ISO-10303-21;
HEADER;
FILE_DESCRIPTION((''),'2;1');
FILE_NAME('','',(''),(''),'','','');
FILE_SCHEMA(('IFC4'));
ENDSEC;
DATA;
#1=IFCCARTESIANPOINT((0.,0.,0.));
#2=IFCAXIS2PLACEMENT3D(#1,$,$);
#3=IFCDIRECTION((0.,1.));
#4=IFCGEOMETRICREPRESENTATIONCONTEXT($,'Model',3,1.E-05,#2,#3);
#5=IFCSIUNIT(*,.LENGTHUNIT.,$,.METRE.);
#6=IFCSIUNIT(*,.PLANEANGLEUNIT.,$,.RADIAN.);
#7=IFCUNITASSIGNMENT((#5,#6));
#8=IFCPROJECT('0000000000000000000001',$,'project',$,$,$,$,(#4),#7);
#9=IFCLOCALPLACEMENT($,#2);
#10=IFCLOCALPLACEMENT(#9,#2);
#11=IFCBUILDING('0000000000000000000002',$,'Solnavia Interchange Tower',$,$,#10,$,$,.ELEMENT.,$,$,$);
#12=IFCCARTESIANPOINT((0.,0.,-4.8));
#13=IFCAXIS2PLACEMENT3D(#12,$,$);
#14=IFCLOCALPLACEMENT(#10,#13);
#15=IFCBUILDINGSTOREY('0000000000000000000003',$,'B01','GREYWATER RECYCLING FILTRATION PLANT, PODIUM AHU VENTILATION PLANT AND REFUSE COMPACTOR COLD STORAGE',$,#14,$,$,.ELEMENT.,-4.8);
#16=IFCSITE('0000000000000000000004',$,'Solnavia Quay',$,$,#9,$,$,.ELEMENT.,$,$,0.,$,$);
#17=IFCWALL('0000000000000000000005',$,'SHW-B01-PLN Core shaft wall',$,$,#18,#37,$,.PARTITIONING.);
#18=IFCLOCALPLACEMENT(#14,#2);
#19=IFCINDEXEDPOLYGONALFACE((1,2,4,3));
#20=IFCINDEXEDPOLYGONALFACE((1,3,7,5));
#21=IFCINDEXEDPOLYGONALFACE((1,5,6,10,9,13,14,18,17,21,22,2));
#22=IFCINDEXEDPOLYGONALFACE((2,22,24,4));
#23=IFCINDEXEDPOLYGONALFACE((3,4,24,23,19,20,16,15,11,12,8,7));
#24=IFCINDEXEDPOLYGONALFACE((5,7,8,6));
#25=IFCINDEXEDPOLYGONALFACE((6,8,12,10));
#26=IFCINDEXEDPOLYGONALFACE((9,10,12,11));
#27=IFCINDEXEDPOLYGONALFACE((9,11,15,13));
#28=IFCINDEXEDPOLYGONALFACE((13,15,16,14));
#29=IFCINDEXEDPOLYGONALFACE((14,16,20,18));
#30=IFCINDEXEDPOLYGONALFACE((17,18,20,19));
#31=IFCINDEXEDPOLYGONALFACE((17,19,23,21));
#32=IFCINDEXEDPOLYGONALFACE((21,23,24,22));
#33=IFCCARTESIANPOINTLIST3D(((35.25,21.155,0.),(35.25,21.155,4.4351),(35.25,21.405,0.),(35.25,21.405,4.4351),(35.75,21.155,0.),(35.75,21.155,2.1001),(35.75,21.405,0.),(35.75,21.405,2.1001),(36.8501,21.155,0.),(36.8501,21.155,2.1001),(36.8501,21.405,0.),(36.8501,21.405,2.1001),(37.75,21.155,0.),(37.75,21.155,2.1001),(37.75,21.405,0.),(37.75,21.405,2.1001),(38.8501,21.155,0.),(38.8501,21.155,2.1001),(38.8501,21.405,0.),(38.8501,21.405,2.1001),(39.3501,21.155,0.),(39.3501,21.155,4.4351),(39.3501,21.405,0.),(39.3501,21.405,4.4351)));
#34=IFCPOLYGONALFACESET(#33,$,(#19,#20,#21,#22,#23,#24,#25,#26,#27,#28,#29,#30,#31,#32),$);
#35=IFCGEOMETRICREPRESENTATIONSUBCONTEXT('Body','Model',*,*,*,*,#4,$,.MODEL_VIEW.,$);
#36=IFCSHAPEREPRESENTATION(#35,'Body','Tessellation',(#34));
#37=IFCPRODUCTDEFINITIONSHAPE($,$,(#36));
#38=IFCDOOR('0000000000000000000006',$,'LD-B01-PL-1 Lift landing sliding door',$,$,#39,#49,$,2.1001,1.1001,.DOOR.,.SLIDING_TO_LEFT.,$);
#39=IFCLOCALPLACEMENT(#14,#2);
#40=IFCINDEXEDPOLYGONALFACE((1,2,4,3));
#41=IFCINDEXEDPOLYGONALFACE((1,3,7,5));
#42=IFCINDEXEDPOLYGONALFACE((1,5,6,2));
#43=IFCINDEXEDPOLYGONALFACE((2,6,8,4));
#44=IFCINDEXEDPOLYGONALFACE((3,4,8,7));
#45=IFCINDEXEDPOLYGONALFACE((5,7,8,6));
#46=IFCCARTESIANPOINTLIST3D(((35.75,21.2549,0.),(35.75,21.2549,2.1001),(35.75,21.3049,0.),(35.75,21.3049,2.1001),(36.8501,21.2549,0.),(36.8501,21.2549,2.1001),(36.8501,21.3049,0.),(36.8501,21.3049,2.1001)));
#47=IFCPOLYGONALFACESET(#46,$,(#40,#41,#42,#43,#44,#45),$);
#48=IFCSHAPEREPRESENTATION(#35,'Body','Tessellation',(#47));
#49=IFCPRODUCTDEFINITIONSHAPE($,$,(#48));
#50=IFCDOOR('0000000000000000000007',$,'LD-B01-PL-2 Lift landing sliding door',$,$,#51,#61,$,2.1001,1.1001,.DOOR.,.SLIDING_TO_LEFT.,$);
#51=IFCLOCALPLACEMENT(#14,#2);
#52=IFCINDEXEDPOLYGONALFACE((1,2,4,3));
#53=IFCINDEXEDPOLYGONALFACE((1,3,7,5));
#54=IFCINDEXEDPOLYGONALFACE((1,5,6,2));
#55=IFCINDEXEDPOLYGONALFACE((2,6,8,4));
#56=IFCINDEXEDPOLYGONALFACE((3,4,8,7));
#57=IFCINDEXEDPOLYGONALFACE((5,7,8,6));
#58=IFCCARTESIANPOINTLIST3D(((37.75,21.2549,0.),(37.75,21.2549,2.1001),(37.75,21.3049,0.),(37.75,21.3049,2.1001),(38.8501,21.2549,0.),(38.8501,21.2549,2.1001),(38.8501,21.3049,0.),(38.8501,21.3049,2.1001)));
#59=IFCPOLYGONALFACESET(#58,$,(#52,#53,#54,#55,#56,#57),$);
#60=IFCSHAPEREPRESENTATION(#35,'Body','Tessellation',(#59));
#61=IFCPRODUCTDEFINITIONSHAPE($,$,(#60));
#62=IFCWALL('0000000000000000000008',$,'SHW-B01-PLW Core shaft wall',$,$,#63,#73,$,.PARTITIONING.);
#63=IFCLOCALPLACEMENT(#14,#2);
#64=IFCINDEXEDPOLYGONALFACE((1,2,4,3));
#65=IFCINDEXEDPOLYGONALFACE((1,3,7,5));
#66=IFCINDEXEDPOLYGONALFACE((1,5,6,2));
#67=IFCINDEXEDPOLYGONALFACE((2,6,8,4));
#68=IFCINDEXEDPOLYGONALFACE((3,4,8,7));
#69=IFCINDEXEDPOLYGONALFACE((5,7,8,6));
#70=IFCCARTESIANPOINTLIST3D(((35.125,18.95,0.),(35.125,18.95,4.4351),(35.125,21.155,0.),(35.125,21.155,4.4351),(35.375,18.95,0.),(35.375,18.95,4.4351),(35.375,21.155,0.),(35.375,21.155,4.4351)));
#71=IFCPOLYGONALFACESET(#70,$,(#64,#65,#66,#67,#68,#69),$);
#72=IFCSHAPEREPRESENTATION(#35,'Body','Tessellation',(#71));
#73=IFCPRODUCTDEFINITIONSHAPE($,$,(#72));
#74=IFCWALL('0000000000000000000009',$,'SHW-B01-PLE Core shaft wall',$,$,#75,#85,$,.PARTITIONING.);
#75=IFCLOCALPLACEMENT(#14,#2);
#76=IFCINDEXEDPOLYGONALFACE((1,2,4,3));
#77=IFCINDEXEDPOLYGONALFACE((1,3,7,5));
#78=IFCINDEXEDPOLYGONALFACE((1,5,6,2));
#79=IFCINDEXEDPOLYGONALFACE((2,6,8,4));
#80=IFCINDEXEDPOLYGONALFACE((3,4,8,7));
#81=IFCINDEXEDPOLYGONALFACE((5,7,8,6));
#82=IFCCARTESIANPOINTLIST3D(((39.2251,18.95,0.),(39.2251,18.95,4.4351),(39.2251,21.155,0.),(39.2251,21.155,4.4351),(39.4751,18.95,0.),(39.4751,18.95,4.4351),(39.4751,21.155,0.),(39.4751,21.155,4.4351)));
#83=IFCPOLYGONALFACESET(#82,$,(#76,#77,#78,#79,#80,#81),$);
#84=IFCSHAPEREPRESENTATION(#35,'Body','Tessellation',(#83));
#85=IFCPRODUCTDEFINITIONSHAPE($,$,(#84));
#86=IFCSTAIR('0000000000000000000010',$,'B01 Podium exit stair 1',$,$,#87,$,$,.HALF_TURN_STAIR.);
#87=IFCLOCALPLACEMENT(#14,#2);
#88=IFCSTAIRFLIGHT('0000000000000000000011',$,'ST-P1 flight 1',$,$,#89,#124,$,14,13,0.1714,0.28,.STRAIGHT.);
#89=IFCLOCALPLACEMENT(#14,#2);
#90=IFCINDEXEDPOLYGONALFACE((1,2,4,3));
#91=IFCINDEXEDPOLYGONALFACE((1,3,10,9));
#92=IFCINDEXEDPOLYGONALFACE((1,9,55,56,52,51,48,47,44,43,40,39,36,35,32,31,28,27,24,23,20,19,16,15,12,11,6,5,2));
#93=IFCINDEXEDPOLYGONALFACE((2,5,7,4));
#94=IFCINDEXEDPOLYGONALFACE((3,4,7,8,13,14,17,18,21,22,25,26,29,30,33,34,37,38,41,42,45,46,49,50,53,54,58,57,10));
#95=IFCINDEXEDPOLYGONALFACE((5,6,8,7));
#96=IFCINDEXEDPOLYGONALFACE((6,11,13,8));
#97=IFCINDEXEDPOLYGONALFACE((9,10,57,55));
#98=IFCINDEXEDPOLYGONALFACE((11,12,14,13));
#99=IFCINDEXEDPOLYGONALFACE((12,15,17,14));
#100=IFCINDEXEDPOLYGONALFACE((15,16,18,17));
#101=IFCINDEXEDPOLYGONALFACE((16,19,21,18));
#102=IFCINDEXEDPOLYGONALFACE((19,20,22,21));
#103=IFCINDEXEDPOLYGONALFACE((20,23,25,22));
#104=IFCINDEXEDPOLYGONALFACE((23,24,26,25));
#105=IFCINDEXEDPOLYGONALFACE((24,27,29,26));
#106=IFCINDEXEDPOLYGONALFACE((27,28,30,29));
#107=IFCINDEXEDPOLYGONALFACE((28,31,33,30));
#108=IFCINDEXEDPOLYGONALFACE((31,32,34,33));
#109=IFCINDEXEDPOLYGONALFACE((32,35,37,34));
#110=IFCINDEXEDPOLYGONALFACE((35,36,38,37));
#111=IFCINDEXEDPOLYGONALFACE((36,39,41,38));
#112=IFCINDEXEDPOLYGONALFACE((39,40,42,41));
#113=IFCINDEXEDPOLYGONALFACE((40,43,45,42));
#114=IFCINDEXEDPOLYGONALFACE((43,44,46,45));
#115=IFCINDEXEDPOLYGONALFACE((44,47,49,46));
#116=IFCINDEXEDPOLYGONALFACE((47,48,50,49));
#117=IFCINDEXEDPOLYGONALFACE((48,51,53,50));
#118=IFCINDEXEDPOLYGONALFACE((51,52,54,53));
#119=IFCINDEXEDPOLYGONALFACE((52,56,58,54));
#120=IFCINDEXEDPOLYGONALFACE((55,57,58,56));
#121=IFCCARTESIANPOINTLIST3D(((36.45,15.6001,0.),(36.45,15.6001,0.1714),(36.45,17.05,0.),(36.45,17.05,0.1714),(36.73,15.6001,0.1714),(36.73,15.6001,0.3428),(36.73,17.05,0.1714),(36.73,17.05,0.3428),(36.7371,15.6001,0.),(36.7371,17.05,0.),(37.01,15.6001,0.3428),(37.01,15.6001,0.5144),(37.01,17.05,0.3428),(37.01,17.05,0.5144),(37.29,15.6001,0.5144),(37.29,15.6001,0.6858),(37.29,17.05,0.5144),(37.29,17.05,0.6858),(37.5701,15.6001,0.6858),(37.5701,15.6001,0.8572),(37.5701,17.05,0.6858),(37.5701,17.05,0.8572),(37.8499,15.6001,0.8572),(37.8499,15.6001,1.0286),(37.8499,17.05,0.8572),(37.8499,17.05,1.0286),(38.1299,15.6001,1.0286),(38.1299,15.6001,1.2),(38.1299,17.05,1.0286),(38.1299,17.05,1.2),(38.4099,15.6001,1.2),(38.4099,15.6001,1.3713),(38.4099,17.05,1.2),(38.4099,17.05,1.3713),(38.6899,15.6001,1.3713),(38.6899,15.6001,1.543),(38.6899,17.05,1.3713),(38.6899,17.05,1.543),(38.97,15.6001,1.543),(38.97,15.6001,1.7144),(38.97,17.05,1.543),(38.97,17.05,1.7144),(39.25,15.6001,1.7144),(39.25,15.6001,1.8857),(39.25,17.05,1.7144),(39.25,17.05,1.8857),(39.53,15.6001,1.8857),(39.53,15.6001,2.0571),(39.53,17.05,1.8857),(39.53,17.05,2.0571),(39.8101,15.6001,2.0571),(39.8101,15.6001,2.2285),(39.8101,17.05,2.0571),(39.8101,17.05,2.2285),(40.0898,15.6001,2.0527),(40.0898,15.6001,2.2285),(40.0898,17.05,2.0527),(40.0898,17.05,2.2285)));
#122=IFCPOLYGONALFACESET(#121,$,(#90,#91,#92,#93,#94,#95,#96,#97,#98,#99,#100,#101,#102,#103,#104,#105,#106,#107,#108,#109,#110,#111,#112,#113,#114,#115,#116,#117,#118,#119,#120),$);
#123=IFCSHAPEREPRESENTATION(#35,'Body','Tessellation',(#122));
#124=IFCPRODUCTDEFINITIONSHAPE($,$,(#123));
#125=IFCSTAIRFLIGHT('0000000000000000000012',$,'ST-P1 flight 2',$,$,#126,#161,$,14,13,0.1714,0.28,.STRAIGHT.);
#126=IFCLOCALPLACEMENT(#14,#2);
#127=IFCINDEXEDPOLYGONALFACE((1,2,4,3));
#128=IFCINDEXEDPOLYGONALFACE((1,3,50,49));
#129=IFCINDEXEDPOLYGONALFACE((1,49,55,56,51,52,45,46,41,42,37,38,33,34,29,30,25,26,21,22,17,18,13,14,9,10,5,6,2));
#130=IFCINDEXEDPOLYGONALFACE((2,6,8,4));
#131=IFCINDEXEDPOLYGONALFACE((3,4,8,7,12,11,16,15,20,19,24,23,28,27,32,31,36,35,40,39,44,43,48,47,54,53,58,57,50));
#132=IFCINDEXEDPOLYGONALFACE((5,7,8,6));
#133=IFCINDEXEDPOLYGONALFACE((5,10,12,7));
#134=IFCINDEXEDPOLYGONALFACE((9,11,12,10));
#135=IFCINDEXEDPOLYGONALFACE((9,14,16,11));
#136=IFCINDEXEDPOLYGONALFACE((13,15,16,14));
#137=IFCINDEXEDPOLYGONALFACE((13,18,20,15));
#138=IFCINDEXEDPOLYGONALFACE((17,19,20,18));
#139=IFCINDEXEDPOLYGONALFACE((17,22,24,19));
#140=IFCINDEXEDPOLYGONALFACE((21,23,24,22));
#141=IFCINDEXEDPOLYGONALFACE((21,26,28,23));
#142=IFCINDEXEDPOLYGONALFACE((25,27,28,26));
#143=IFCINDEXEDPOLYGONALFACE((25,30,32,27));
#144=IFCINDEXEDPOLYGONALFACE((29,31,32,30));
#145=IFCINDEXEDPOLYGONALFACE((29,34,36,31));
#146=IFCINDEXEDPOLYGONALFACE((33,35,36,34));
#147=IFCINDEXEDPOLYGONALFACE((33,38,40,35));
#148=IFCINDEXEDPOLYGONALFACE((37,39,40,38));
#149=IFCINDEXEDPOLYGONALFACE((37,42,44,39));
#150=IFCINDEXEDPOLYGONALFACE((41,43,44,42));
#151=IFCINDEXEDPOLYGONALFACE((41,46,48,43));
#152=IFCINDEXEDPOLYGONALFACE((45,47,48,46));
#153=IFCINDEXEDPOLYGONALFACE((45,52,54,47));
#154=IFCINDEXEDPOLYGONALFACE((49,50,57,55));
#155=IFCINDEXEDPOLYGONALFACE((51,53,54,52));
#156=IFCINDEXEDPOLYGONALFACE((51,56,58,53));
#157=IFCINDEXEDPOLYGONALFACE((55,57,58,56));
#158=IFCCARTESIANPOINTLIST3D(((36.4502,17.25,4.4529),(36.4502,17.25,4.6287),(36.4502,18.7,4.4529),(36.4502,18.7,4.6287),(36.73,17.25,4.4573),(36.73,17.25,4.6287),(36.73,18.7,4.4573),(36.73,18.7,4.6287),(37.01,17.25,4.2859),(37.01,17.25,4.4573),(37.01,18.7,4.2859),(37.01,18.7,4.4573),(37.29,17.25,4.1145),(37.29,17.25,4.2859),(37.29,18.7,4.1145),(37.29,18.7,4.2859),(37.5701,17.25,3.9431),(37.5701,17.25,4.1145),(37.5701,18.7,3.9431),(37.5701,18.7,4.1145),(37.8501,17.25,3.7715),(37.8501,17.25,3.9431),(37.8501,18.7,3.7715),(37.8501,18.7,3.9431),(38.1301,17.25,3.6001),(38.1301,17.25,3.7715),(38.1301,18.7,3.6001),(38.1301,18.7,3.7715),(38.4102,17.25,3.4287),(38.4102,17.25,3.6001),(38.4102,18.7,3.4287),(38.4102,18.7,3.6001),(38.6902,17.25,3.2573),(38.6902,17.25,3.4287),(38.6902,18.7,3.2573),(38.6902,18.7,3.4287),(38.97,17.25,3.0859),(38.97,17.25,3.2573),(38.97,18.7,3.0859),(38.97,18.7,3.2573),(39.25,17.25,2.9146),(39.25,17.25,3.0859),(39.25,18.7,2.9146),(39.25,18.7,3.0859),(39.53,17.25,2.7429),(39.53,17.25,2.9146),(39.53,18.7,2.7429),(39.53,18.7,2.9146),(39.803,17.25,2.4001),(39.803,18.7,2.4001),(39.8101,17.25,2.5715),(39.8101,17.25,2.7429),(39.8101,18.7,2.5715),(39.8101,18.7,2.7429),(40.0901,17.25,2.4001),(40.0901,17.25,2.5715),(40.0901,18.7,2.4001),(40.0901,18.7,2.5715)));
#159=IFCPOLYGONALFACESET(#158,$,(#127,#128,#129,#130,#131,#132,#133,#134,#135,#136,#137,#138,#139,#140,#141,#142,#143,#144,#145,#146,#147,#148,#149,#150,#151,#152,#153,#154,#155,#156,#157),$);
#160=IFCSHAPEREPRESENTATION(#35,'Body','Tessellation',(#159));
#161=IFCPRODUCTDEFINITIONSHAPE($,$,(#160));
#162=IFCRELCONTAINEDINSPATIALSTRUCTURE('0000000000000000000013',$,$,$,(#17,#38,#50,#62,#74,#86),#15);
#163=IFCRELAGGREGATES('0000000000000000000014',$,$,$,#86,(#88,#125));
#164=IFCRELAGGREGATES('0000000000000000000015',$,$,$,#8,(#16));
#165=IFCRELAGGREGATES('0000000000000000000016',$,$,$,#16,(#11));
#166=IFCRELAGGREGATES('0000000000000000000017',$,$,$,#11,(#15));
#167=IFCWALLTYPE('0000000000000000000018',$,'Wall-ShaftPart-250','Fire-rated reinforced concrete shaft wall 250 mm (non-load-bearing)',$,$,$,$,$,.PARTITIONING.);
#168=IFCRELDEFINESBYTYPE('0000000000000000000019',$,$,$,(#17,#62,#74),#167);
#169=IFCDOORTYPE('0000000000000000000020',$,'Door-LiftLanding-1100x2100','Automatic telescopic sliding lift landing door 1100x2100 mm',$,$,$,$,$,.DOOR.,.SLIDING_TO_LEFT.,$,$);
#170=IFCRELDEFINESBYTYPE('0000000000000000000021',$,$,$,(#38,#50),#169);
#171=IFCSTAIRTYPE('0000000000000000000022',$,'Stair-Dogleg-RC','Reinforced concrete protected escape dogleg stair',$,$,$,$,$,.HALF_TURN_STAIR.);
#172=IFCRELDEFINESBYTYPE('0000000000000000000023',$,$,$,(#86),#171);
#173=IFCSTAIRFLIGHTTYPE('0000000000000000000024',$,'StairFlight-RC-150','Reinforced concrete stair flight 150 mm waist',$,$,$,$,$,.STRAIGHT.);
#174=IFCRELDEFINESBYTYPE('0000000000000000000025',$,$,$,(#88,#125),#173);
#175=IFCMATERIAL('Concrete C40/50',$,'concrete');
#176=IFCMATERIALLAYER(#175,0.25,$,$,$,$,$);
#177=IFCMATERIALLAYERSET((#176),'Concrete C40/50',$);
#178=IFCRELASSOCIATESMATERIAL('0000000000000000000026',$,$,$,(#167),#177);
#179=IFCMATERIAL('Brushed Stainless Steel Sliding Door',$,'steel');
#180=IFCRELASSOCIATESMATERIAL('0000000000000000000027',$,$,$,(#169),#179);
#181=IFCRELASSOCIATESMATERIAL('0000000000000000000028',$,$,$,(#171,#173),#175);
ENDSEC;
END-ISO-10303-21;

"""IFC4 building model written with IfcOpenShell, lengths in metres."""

from ifc_helpers import new_model, si_unit, direction, frame, frame_2d, origin, place, context, subcontext, project, spatial, polyline, rectangle, outline, extrude, material, layer, layer_set, type_object, element, fill, aggregate, save


model = new_model("IFC4")

# Units and contexts
model_context = context("Model", 3, precision=1e-05, world=origin(), true_north=direction((0.0, 1.0)))
body_context = subcontext(model_context, "Body", "Model", "MODEL_VIEW")
ifc_project = project(units=[si_unit("LENGTHUNIT", "METRE"), si_unit("PLANEANGLEUNIT", "RADIAN")], contexts=[model_context])

# Site, building, storey
site_placement = place(None, origin())
site = spatial("IfcSite", under=ifc_project, at=site_placement, Name="Solnavia Quay", CompositionType="ELEMENT", RefElevation=0.0)
building_placement = place(site_placement, origin())
building = spatial("IfcBuilding", under=site, at=building_placement, Name="Solnavia Interchange Tower", CompositionType="ELEMENT")
storey_placement = place(building_placement, frame((0.0, 0.0, -4.8)))
storey = spatial("IfcBuildingStorey", under=building, at=storey_placement, Name="B01", Description="GREYWATER RECYCLING FILTRATION PLANT, PODIUM AHU VENTILATION PLANT AND REFUSE COMPACTOR COLD STORAGE", CompositionType="ELEMENT", Elevation=-4.8)

# Shared definitions
ifc_material_1 = material(Name="Concrete C40/50", Category="concrete")

# Wall, openings, doors
ifc_layer_1 = layer(ifc_material_1, 0.25)
ifc_layer_set_1 = layer_set([ifc_layer_1], Name="Concrete C40/50")
wall_type_1 = type_object("IfcWallType", Name="Wall-ShaftPart-250", Description="Fire-rated reinforced concrete shaft wall 250 mm (non-load-bearing)", PredefinedType="PARTITIONING", material=ifc_layer_set_1)
wall_1_placement = place(storey_placement, frame((35.25, 21.28, 0.0), z_axis=(0.0, 0.0, 1.0), x_axis=(1.0, 0.0, 0.0)))
wall_1 = element("IfcWall", 1, at=wall_1_placement, inside=storey, type_object=wall_type_1, Name="SHW-B01-PLN Core shaft wall", PredefinedType="PARTITIONING", context=body_context, shape_type="SweptSolid", body=[
    extrude(rectangle(XDim=4.1001, YDim=0.25, at=frame_2d((2.05, 0.0))), origin(), (0.0, 0.0, 1.0), 4.4351),
])
opening_1_placement = place(wall_1_placement, frame((0.5, 0.0, 0.0)))
opening_1 = element("IfcOpeningElement", 2, at=opening_1_placement, cuts=wall_1, PredefinedType="OPENING", context=body_context, shape_type="SweptSolid", body=[
    extrude(rectangle(XDim=1.1001, YDim=2.1001, at=frame_2d((0.55, 1.05))), frame((0.0, 0.135, 0.0), z_axis=(0.0, -1.0, 0.0), x_axis=(1.0, 0.0, 0.0)), (0.0, 0.0, 1.0), 0.27),
])
opening_2_placement = place(wall_1_placement, frame((2.5, 0.0, 0.0)))
opening_2 = element("IfcOpeningElement", 3, at=opening_2_placement, cuts=wall_1, PredefinedType="OPENING", context=body_context, shape_type="SweptSolid", body=[
    extrude(rectangle(XDim=1.1001, YDim=2.1001, at=frame_2d((0.55, 1.05))), frame((0.0, 0.135, 0.0), z_axis=(0.0, -1.0, 0.0), x_axis=(1.0, 0.0, 0.0)), (0.0, 0.0, 1.0), 0.27),
])
ifc_material_2 = material(Name="Brushed Stainless Steel Sliding Door", Category="steel")
door_type_1 = type_object("IfcDoorType", Name="Door-LiftLanding-1100x2100", Description="Automatic telescopic sliding lift landing door 1100x2100 mm", OperationType="SLIDING_TO_LEFT", PredefinedType="DOOR", material=ifc_material_2)
door_1_placement = place(opening_1_placement, origin())
door_1 = element("IfcDoor", 4, at=door_1_placement, inside=storey, type_object=door_type_1, Name="LD-B01-PL-1 Lift landing sliding door", OperationType="SLIDING_TO_LEFT", OverallHeight=2.1001, OverallWidth=1.1001, PredefinedType="DOOR", context=body_context, shape_type="SweptSolid", body=[
    extrude(rectangle(XDim=1.1001, YDim=2.1001, at=frame_2d((0.55, 1.05))), frame((0.0, 0.0249, 0.0), z_axis=(0.0, -1.0, 0.0), x_axis=(1.0, 0.0, 0.0)), (0.0, 0.0, 1.0), 0.05),
])
fill(opening_1, door_1)
door_2_placement = place(opening_2_placement, origin())
door_2 = element("IfcDoor", 5, at=door_2_placement, inside=storey, type_object=door_type_1, Name="LD-B01-PL-2 Lift landing sliding door", OperationType="SLIDING_TO_LEFT", OverallHeight=2.1001, OverallWidth=1.1001, PredefinedType="DOOR", context=body_context, shape_type="SweptSolid", body=[
    extrude(rectangle(XDim=1.1001, YDim=2.1001, at=frame_2d((0.55, 1.05))), frame((0.0, 0.0249, 0.0), z_axis=(0.0, -1.0, 0.0), x_axis=(1.0, 0.0, 0.0)), (0.0, 0.0, 1.0), 0.05),
])
fill(opening_2, door_2)

# Walls
for number, where, z_axis, x_axis, name in (
    (6, (35.25, 18.95, 0.0), (0.0, 0.0, 1.0), (0.0, 1.0, 0.0), "SHW-B01-PLW Core shaft wall"),
    (7, (39.3501, 18.95, 0.0), (0.0, 0.0, 1.0), (0.0, 1.0, 0.0), "SHW-B01-PLE Core shaft wall"),
):
    element("IfcWall", number, at=place(storey_placement, frame(where, z_axis=z_axis, x_axis=x_axis)), inside=storey, type_object=wall_type_1, Name=name, PredefinedType="PARTITIONING", context=body_context, shape_type="SweptSolid", body=[
        extrude(rectangle(XDim=2.2051, YDim=0.25, at=frame_2d((1.1025, 0.0))), origin(), (0.0, 0.0, 1.0), 4.4351),
    ])

# Stair, stair flights
stair_type = type_object("IfcStairType", Name="Stair-Dogleg-RC", Description="Reinforced concrete protected escape dogleg stair", PredefinedType="HALF_TURN_STAIR", material=ifc_material_1)
stair_placement = place(storey_placement, origin())
stair = element("IfcStair", 8, at=stair_placement, inside=storey, type_object=stair_type, Name="B01 Podium exit stair 1", PredefinedType="HALF_TURN_STAIR")
stair_flight_type = type_object("IfcStairFlightType", Name="StairFlight-RC-150", Description="Reinforced concrete stair flight 150 mm waist", PredefinedType="STRAIGHT", material=ifc_material_1)
stair_flight_1_placement = place(storey_placement, frame((36.45, 16.325, 0.0), z_axis=(0.0, 0.0, 1.0), x_axis=(1.0, 0.0, 0.0)))
stair_flight_1 = element("IfcStairFlight", 9, at=stair_flight_1_placement, type_object=stair_flight_type, Name="ST-P1 flight 1", NumberOfRisers=14, NumberOfTreads=13, PredefinedType="STRAIGHT", RiserHeight=0.1714, TreadLength=0.28, context=body_context, shape_type="SweptSolid", body=[
    extrude(outline(polyline([(0.0, 0.0), (0.0, 0.1714), (0.28, 0.1714), (0.28, 0.3428), (0.5601, 0.3428), (0.5601, 0.5144), (0.8401, 0.5144), (0.8401, 0.6858), (1.1201, 0.6858), (1.1201, 0.8572), (1.3999, 0.8572), (1.3999, 1.0286), (1.6799, 1.0286), (1.6799, 1.2), (1.96, 1.2), (1.96, 1.3713), (2.24, 1.3713), (2.24, 1.543), (2.52, 1.543), (2.52, 1.7144), (2.8, 1.7144), (2.8, 1.8857), (3.0801, 1.8857), (3.0801, 2.0571), (3.3601, 2.0571), (3.3601, 2.2285), (3.6399, 2.2285), (3.6399, 2.3999), (3.6399, 2.0527), (0.2871, 0.0), (0.0, 0.0)])), frame((0.0, 0.7251, 0.0), z_axis=(0.0, -1.0, 0.0), x_axis=(1.0, 0.0, 0.0)), (0.0, 0.0, 1.0), 1.45),
])
stair_flight_2_placement = place(storey_placement, frame((40.0901, 17.9751, 2.4001), z_axis=(0.0, 0.0, 1.0), x_axis=(-1.0, 0.0, 0.0)))
stair_flight_2 = element("IfcStairFlight", 10, at=stair_flight_2_placement, type_object=stair_flight_type, Name="ST-P1 flight 2", NumberOfRisers=14, NumberOfTreads=13, PredefinedType="STRAIGHT", RiserHeight=0.1714, TreadLength=0.28, context=body_context, shape_type="SweptSolid", body=[
    extrude(outline(polyline([(0.0, 0.0), (0.0, 0.1714), (0.28, 0.1714), (0.28, 0.3428), (0.5601, 0.3428), (0.5601, 0.5144), (0.8401, 0.5144), (0.8401, 0.6858), (1.1201, 0.6858), (1.1201, 0.8572), (1.3999, 0.8572), (1.3999, 1.0286), (1.6799, 1.0286), (1.6799, 1.2), (1.96, 1.2), (1.96, 1.3713), (2.24, 1.3713), (2.24, 1.543), (2.52, 1.543), (2.52, 1.7144), (2.8, 1.7144), (2.8, 1.8857), (3.0801, 1.8857), (3.0801, 2.0571), (3.3601, 2.0571), (3.3601, 2.2285), (3.6399, 2.2285), (3.6399, 2.3999), (3.6399, 2.0527), (0.2871, 0.0), (0.0, 0.0)])), frame((0.0, 0.7251, 0.0), z_axis=(0.0, -1.0, 0.0), x_axis=(1.0, 0.0, 0.0)), (0.0, 0.0, 1.0), 1.45),
])
aggregate(stair, [stair_flight_1, stair_flight_2])

save(model, "model.ifc")
